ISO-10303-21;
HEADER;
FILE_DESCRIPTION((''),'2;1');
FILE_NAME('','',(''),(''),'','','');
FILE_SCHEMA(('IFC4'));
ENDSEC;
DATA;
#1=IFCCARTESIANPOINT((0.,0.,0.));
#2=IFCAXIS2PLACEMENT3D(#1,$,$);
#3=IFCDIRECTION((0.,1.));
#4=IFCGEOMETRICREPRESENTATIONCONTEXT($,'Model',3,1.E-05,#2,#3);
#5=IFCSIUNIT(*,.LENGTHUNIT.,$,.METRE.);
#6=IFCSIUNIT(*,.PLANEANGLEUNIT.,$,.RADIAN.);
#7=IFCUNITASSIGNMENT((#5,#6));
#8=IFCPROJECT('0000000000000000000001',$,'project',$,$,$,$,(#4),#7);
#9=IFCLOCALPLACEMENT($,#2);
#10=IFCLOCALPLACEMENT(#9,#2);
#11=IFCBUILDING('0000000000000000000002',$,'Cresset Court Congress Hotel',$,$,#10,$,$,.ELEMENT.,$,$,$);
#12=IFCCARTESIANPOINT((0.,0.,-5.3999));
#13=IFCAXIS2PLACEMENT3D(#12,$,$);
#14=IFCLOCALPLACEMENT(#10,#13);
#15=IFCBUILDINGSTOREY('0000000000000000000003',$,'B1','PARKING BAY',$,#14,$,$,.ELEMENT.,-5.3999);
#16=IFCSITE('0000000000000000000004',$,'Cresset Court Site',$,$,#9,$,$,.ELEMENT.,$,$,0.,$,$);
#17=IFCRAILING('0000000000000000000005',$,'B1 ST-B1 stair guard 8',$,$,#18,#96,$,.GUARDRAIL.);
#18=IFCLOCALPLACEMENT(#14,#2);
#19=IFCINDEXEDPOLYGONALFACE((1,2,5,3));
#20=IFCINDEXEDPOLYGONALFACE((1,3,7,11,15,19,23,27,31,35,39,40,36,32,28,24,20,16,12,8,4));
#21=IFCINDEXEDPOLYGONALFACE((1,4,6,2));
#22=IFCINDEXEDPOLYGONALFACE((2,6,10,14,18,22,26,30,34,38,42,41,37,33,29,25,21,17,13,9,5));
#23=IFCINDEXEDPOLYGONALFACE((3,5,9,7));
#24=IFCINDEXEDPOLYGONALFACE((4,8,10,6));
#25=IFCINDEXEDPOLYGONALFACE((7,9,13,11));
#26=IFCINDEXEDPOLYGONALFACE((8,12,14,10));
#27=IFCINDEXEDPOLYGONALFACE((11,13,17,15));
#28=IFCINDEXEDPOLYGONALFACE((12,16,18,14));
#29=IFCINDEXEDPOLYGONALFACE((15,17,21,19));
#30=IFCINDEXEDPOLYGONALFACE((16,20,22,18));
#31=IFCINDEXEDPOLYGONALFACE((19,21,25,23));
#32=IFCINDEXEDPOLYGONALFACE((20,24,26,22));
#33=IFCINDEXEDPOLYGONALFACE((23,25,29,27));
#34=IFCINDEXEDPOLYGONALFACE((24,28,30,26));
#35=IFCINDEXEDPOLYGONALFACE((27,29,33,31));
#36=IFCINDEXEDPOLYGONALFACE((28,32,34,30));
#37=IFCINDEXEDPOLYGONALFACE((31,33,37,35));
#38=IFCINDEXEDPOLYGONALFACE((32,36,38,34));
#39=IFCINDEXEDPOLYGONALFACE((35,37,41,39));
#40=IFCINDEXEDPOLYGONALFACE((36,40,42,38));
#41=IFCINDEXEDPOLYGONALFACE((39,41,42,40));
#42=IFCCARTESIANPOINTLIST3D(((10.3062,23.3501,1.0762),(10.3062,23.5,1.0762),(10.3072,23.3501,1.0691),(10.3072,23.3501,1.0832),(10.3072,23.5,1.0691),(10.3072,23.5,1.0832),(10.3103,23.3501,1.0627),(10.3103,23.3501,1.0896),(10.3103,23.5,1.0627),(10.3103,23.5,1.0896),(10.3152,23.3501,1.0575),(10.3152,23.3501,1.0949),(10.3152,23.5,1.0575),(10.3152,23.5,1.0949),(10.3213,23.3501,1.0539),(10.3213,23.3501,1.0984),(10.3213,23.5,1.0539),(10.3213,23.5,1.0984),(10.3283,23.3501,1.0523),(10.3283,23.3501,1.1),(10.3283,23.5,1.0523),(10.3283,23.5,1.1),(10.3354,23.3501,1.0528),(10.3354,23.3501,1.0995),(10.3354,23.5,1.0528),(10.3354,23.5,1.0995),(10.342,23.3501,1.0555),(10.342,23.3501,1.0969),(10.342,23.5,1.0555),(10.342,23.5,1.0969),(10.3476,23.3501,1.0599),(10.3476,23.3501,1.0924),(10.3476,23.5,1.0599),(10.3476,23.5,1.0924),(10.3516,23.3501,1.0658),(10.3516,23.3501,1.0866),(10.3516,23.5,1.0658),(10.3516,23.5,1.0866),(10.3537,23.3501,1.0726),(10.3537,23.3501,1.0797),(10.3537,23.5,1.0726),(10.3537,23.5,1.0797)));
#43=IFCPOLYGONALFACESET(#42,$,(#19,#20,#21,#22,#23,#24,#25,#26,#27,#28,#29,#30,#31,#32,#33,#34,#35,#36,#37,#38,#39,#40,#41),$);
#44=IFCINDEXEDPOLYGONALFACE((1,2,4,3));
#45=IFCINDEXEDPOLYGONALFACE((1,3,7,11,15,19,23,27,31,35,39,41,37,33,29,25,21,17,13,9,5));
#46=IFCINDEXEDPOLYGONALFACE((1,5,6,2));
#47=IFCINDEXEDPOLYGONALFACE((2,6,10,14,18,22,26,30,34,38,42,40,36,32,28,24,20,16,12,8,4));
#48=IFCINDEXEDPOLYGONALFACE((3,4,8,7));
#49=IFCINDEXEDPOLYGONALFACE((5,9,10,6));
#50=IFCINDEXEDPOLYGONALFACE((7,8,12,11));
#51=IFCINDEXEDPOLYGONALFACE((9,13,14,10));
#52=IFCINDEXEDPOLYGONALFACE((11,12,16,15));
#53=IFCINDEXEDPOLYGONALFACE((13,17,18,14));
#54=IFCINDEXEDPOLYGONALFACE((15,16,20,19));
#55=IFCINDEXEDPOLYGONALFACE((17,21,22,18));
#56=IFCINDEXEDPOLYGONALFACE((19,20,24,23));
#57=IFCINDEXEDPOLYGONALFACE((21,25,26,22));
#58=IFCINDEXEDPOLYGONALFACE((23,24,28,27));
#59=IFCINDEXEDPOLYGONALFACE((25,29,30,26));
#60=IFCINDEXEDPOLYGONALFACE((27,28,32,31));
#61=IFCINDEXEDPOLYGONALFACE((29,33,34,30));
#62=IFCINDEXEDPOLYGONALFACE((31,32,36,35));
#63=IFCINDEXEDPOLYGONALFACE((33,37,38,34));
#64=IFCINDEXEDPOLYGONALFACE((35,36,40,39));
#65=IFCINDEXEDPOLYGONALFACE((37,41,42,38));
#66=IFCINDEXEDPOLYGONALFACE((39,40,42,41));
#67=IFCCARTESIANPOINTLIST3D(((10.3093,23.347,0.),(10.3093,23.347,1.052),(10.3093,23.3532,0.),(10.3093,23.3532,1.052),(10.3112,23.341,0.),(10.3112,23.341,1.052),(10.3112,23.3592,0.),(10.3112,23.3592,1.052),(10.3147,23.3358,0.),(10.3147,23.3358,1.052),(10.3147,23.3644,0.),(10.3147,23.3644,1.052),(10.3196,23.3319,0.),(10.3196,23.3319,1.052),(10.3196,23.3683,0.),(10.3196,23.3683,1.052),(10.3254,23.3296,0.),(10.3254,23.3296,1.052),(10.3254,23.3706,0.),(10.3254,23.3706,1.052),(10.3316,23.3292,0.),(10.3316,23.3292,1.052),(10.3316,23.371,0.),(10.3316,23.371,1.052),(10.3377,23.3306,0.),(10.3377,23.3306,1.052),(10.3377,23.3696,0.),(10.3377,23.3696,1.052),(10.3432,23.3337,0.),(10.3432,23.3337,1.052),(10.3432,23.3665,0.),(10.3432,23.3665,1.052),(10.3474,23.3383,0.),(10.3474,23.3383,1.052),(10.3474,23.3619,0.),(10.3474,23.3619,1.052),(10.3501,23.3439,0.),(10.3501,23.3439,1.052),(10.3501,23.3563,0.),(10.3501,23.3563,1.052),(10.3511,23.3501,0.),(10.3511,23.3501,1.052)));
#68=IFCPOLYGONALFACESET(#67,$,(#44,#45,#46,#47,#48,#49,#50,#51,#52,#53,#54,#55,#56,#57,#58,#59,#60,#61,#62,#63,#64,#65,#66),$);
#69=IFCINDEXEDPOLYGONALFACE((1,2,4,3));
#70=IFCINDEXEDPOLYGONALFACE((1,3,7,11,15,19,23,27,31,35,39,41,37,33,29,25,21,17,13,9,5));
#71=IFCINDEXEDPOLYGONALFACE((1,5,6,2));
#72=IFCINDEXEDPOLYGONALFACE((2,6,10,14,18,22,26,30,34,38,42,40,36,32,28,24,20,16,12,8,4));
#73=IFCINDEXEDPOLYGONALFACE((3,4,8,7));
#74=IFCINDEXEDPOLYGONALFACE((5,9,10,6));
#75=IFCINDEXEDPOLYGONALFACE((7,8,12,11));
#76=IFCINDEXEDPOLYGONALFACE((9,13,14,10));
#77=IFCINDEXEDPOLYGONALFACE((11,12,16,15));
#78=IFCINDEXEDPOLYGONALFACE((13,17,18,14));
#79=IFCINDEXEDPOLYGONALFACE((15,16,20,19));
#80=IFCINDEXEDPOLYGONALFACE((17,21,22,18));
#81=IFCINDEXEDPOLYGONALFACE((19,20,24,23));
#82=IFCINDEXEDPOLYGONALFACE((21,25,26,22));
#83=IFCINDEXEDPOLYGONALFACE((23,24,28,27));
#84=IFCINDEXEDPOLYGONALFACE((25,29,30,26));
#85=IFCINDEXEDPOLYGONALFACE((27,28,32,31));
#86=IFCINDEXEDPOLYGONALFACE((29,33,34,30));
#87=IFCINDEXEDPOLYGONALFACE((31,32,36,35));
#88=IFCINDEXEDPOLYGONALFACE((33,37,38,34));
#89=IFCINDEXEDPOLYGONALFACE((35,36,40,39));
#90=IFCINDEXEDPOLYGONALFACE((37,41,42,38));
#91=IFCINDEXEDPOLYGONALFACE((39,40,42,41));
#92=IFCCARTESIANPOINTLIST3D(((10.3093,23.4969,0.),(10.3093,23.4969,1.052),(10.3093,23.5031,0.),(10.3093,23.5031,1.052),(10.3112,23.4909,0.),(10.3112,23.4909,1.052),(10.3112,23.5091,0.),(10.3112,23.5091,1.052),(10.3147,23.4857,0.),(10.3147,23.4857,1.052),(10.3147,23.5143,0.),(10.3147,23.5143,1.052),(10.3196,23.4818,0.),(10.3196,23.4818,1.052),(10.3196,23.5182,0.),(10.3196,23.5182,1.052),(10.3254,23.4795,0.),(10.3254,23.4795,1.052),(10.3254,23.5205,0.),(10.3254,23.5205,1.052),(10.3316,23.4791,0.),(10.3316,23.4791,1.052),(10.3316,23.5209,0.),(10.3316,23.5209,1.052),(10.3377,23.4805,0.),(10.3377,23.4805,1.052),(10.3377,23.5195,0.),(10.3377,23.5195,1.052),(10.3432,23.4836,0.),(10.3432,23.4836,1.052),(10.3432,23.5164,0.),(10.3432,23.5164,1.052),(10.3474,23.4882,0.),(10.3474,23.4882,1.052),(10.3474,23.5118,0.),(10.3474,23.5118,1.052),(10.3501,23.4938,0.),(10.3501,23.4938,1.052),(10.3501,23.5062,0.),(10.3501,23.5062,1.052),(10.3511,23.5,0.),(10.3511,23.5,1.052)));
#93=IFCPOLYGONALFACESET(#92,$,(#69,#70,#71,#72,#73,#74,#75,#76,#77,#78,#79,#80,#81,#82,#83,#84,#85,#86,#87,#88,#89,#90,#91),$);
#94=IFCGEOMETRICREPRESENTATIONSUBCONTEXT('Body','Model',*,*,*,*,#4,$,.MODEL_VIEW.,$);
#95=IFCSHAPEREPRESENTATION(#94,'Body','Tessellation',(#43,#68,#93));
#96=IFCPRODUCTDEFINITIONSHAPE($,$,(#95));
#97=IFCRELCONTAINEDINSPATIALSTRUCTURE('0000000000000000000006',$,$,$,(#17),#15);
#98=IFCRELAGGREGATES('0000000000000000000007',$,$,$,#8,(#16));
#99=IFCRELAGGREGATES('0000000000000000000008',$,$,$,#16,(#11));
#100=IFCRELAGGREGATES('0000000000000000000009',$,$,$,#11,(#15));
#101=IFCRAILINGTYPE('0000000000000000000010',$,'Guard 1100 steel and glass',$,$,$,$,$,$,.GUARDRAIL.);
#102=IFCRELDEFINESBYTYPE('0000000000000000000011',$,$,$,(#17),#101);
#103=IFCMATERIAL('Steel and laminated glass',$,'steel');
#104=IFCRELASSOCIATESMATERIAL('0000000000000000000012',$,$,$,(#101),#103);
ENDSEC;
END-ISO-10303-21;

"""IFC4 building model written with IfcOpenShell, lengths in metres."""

from ifc_helpers import new_model, si_unit, direction, frame, origin, origin_2d, place, context, subcontext, project, spatial, circle, extrude, material, type_object, element, save


model = new_model("IFC4")

# Units and contexts
model_context = context("Model", 3, precision=1e-05, world=origin(), true_north=direction((0.0, 1.0)))
body_context = subcontext(model_context, "Body", "Model", "MODEL_VIEW")
ifc_project = project(units=[si_unit("LENGTHUNIT", "METRE"), si_unit("PLANEANGLEUNIT", "RADIAN")], contexts=[model_context])

# Site, building, storey
site_placement = place(None, origin())
site = spatial("IfcSite", under=ifc_project, at=site_placement, Name="Cresset Court Site", CompositionType="ELEMENT", RefElevation=0.0)
building_placement = place(site_placement, origin())
building = spatial("IfcBuilding", under=site, at=building_placement, Name="Cresset Court Congress Hotel", CompositionType="ELEMENT")
storey_placement = place(building_placement, frame((0.0, 0.0, -5.3999)))
storey = spatial("IfcBuildingStorey", under=building, at=storey_placement, Name="B1", Description="PARKING BAY", CompositionType="ELEMENT", Elevation=-5.3999)

# Railing
ifc_material_1 = material(Name="Steel and laminated glass", Category="steel")
railing_type_1 = type_object("IfcRailingType", Name="Guard 1100 steel and glass", PredefinedType="GUARDRAIL", material=ifc_material_1)
railing_1_placement = place(storey_placement, frame((10.3301, 23.3501, 0.0)))
element("IfcRailing", 1, at=railing_1_placement, inside=storey, type_object=railing_type_1, Name="B1 ST-B1 stair guard 8", PredefinedType="GUARDRAIL", context=body_context, shape_type="SweptSolid", body=[
    extrude(circle(Radius=0.0239, at=origin_2d()), frame((0.0, 0.0, 1.0762), z_axis=(0.0, 1.0, 0.0), x_axis=(-1.0, 0.0, 0.0)), (0.0, 0.0, 1.0), 0.1499),
    extrude(circle(Radius=0.021, at=origin_2d()), origin(), (0.0, 0.0, 1.0), 1.052),
    extrude(circle(Radius=0.021, at=origin_2d()), frame((0.0, 0.1499, 0.0)), (0.0, 0.0, 1.0), 1.052),
])

save(model, "model.ifc")
